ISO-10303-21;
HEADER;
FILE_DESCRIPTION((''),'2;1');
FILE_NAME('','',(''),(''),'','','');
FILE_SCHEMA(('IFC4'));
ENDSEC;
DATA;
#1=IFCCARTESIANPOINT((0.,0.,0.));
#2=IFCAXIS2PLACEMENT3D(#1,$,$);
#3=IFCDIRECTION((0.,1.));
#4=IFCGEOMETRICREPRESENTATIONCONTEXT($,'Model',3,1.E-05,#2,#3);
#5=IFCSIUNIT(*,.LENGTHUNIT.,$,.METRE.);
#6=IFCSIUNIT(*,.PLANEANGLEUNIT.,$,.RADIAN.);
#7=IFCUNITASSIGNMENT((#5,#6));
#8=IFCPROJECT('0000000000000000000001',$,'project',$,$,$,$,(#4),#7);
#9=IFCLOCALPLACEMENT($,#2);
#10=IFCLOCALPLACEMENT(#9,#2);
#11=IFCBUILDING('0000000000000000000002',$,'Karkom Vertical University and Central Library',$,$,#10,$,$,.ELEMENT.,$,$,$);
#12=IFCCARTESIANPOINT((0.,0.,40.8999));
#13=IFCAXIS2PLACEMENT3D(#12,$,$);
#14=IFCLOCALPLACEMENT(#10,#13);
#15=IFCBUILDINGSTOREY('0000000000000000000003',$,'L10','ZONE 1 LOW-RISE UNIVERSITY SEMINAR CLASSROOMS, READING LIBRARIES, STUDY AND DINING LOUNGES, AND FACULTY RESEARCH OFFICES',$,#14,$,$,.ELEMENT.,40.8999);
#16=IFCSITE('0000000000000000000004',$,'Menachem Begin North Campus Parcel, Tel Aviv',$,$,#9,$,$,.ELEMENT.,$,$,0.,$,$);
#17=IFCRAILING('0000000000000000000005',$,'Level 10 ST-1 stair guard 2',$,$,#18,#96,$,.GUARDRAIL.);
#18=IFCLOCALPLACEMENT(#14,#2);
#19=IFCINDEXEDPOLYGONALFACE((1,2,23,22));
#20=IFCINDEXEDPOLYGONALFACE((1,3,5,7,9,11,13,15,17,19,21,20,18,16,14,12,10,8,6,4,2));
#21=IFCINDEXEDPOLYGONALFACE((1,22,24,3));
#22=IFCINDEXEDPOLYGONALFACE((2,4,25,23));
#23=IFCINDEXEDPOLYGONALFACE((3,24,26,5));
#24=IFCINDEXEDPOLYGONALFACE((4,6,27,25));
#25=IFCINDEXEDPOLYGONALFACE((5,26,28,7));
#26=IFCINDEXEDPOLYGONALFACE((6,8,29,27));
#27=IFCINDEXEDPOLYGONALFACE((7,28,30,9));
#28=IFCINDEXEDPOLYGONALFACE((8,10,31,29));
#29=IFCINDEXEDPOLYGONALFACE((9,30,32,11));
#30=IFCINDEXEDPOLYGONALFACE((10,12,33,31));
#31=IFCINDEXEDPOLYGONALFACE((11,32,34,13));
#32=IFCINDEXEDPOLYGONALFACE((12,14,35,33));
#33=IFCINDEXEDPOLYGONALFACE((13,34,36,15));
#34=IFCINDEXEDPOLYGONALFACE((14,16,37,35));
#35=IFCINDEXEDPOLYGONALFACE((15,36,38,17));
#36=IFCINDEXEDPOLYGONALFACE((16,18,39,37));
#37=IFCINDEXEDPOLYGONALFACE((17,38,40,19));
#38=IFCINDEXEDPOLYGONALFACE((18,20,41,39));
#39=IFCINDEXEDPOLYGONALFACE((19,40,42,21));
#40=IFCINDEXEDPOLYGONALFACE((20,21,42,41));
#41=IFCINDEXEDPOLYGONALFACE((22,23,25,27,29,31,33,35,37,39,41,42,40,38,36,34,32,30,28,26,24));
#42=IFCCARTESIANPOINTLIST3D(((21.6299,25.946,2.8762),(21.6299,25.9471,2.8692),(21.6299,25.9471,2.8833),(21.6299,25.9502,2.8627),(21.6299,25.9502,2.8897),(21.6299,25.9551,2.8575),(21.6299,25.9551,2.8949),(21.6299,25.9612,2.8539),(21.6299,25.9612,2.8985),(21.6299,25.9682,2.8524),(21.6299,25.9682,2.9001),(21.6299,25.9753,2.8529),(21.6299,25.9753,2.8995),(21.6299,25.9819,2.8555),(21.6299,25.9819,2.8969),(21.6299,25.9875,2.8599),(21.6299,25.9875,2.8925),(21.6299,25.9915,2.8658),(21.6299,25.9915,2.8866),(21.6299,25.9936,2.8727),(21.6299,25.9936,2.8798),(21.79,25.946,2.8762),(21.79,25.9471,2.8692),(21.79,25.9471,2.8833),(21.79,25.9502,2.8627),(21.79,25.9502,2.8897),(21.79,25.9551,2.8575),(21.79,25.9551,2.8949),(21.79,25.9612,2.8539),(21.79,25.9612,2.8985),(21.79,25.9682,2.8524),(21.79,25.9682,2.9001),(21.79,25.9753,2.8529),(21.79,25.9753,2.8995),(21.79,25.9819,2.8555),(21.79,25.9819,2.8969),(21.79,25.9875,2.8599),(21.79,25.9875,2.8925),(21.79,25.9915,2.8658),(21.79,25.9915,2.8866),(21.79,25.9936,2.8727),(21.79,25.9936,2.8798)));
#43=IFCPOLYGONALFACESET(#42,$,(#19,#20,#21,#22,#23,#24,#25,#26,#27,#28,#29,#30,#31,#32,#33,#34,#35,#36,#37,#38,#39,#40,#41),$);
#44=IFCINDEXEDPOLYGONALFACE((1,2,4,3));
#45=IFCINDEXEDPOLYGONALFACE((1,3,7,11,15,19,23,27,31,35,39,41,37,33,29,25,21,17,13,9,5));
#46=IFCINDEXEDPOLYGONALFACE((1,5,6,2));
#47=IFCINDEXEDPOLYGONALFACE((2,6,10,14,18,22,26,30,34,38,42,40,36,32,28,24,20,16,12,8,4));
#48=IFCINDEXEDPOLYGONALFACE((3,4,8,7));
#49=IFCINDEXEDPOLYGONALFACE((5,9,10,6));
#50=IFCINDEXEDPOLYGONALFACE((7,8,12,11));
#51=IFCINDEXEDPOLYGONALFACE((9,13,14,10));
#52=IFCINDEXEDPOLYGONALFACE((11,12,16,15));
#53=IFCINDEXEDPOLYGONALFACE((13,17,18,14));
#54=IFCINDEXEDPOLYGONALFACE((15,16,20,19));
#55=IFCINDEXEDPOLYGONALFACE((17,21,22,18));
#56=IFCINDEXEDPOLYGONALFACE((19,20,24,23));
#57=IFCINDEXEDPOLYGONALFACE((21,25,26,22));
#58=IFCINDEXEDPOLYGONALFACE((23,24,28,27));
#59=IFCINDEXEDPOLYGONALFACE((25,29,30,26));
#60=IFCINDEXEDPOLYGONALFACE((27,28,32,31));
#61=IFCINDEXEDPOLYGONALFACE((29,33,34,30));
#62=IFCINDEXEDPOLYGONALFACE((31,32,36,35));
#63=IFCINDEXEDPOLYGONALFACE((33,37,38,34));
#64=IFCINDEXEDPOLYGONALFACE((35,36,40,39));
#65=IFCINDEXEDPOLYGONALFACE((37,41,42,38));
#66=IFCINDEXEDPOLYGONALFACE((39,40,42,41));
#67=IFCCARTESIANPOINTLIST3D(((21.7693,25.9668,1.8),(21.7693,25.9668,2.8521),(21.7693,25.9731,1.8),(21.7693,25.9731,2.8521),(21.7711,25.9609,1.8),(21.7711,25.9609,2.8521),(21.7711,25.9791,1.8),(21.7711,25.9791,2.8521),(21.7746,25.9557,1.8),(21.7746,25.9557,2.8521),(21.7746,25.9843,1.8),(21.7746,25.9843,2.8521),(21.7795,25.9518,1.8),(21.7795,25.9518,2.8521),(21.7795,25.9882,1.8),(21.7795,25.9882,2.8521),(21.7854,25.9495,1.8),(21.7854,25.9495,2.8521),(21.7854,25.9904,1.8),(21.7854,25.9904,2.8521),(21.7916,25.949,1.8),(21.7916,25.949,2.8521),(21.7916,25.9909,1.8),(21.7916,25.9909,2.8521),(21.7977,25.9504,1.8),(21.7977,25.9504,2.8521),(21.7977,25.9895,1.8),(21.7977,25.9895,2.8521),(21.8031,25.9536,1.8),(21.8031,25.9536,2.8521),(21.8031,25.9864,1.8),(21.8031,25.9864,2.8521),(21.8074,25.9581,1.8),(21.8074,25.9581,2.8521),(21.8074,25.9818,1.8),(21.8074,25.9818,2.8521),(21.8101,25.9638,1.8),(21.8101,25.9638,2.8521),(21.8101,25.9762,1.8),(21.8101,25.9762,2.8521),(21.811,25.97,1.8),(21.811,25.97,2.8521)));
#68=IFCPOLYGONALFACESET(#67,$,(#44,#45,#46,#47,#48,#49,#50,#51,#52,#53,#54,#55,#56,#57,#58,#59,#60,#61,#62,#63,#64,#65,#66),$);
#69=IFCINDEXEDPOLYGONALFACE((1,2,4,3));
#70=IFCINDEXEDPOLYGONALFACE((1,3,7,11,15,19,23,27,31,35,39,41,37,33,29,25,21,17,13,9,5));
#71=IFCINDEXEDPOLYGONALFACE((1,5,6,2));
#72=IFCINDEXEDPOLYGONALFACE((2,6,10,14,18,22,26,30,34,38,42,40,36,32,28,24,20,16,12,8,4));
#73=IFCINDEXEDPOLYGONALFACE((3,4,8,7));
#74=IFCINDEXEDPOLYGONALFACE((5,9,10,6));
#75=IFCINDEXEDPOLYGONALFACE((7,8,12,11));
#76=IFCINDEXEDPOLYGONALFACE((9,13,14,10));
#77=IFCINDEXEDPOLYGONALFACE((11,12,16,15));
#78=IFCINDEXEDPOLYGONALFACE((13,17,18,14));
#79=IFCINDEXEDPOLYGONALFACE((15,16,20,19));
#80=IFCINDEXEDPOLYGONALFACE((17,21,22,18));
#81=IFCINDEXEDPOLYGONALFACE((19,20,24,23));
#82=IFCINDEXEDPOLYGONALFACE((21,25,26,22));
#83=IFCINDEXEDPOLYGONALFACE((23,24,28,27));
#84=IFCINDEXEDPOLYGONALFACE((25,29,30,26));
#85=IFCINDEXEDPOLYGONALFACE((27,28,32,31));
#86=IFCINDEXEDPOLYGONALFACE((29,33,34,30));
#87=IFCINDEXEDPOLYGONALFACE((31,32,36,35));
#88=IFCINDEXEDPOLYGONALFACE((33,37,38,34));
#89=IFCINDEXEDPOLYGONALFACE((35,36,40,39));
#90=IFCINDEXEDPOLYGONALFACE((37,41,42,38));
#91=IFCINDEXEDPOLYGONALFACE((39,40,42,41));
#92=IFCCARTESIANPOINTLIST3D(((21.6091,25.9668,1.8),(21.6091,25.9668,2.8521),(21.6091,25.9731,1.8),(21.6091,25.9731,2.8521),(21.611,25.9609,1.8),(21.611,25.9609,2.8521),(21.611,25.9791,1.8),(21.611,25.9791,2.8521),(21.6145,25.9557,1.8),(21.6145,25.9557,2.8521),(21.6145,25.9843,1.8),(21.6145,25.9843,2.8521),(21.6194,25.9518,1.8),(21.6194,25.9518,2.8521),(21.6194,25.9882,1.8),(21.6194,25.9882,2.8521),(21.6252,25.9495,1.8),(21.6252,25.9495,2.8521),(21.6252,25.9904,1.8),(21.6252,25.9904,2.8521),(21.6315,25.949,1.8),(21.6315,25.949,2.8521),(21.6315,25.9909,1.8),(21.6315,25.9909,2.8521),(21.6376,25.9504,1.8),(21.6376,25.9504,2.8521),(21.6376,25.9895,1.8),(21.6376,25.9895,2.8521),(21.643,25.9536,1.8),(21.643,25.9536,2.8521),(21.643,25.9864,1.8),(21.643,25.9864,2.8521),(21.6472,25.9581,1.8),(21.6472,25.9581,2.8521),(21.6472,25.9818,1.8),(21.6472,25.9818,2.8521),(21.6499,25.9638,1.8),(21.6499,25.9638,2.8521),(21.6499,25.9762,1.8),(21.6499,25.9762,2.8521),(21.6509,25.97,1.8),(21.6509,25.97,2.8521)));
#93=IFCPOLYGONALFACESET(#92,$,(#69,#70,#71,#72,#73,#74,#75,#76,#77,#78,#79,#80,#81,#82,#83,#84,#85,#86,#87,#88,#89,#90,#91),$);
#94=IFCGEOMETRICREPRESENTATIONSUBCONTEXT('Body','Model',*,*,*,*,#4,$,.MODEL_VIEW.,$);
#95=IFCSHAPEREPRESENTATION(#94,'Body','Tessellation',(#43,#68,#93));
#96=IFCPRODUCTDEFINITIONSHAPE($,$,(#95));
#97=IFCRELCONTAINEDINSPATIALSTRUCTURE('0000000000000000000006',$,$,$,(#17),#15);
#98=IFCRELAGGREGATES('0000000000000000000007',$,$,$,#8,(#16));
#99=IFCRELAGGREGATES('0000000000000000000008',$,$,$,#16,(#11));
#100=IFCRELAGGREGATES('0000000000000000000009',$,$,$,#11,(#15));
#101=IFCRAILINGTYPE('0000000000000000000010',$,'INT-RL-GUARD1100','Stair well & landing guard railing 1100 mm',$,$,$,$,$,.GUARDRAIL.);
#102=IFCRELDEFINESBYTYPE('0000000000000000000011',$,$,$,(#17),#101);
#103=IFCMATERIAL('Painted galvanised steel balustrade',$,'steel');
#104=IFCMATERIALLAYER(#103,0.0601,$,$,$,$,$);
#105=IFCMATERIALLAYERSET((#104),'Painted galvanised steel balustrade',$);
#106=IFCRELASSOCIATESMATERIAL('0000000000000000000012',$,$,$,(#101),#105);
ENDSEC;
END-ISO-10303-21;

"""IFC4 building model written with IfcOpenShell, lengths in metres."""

from ifc_helpers import new_model, si_unit, direction, frame, origin, origin_2d, place, context, subcontext, project, spatial, circle, extrude, material, layer, layer_set, type_object, element, save


model = new_model("IFC4")

# Units and contexts
model_context = context("Model", 3, precision=1e-05, world=origin(), true_north=direction((0.0, 1.0)))
body_context = subcontext(model_context, "Body", "Model", "MODEL_VIEW")
ifc_project = project(units=[si_unit("LENGTHUNIT", "METRE"), si_unit("PLANEANGLEUNIT", "RADIAN")], contexts=[model_context])

# Site, building, storey
site_placement = place(None, origin())
site = spatial("IfcSite", under=ifc_project, at=site_placement, Name="Menachem Begin North Campus Parcel, Tel Aviv", CompositionType="ELEMENT", RefElevation=0.0)
building_placement = place(site_placement, origin())
building = spatial("IfcBuilding", under=site, at=building_placement, Name="Karkom Vertical University and Central Library", CompositionType="ELEMENT")
storey_placement = place(building_placement, frame((0.0, 0.0, 40.8999)))
storey = spatial("IfcBuildingStorey", under=building, at=storey_placement, Name="L10", Description="ZONE 1 LOW-RISE UNIVERSITY SEMINAR CLASSROOMS, READING LIBRARIES, STUDY AND DINING LOUNGES, AND FACULTY RESEARCH OFFICES", CompositionType="ELEMENT", Elevation=40.8999)

# Railing
ifc_material_1 = material(Name="Painted galvanised steel balustrade", Category="steel")
ifc_layer_1 = layer(ifc_material_1, 0.0601)
ifc_layer_set_1 = layer_set([ifc_layer_1], Name="Painted galvanised steel balustrade")
railing_type_1 = type_object("IfcRailingType", Name="INT-RL-GUARD1100", Description="Stair well & landing guard railing 1100 mm", PredefinedType="GUARDRAIL", material=ifc_layer_set_1)
railing_1_placement = place(storey_placement, frame((21.79, 25.97, 1.8)))
element("IfcRailing", 1, at=railing_1_placement, inside=storey, type_object=railing_type_1, Name="Level 10 ST-1 stair guard 2", PredefinedType="GUARDRAIL", context=body_context, shape_type="SweptSolid", body=[
    extrude(circle(Radius=0.0239, at=origin_2d()), frame((0.0, 0.0, 1.0762), z_axis=(-1.0, 0.0, 0.0), x_axis=(0.0, -1.0, 0.0)), (0.0, 0.0, 1.0), 0.1602),
    extrude(circle(Radius=0.021, at=origin_2d()), origin(), (0.0, 0.0, 1.0), 1.052),
    extrude(circle(Radius=0.021, at=origin_2d()), frame((-0.1602, 0.0, 0.0)), (0.0, 0.0, 1.0), 1.052),
])

save(model, "model.ifc")
